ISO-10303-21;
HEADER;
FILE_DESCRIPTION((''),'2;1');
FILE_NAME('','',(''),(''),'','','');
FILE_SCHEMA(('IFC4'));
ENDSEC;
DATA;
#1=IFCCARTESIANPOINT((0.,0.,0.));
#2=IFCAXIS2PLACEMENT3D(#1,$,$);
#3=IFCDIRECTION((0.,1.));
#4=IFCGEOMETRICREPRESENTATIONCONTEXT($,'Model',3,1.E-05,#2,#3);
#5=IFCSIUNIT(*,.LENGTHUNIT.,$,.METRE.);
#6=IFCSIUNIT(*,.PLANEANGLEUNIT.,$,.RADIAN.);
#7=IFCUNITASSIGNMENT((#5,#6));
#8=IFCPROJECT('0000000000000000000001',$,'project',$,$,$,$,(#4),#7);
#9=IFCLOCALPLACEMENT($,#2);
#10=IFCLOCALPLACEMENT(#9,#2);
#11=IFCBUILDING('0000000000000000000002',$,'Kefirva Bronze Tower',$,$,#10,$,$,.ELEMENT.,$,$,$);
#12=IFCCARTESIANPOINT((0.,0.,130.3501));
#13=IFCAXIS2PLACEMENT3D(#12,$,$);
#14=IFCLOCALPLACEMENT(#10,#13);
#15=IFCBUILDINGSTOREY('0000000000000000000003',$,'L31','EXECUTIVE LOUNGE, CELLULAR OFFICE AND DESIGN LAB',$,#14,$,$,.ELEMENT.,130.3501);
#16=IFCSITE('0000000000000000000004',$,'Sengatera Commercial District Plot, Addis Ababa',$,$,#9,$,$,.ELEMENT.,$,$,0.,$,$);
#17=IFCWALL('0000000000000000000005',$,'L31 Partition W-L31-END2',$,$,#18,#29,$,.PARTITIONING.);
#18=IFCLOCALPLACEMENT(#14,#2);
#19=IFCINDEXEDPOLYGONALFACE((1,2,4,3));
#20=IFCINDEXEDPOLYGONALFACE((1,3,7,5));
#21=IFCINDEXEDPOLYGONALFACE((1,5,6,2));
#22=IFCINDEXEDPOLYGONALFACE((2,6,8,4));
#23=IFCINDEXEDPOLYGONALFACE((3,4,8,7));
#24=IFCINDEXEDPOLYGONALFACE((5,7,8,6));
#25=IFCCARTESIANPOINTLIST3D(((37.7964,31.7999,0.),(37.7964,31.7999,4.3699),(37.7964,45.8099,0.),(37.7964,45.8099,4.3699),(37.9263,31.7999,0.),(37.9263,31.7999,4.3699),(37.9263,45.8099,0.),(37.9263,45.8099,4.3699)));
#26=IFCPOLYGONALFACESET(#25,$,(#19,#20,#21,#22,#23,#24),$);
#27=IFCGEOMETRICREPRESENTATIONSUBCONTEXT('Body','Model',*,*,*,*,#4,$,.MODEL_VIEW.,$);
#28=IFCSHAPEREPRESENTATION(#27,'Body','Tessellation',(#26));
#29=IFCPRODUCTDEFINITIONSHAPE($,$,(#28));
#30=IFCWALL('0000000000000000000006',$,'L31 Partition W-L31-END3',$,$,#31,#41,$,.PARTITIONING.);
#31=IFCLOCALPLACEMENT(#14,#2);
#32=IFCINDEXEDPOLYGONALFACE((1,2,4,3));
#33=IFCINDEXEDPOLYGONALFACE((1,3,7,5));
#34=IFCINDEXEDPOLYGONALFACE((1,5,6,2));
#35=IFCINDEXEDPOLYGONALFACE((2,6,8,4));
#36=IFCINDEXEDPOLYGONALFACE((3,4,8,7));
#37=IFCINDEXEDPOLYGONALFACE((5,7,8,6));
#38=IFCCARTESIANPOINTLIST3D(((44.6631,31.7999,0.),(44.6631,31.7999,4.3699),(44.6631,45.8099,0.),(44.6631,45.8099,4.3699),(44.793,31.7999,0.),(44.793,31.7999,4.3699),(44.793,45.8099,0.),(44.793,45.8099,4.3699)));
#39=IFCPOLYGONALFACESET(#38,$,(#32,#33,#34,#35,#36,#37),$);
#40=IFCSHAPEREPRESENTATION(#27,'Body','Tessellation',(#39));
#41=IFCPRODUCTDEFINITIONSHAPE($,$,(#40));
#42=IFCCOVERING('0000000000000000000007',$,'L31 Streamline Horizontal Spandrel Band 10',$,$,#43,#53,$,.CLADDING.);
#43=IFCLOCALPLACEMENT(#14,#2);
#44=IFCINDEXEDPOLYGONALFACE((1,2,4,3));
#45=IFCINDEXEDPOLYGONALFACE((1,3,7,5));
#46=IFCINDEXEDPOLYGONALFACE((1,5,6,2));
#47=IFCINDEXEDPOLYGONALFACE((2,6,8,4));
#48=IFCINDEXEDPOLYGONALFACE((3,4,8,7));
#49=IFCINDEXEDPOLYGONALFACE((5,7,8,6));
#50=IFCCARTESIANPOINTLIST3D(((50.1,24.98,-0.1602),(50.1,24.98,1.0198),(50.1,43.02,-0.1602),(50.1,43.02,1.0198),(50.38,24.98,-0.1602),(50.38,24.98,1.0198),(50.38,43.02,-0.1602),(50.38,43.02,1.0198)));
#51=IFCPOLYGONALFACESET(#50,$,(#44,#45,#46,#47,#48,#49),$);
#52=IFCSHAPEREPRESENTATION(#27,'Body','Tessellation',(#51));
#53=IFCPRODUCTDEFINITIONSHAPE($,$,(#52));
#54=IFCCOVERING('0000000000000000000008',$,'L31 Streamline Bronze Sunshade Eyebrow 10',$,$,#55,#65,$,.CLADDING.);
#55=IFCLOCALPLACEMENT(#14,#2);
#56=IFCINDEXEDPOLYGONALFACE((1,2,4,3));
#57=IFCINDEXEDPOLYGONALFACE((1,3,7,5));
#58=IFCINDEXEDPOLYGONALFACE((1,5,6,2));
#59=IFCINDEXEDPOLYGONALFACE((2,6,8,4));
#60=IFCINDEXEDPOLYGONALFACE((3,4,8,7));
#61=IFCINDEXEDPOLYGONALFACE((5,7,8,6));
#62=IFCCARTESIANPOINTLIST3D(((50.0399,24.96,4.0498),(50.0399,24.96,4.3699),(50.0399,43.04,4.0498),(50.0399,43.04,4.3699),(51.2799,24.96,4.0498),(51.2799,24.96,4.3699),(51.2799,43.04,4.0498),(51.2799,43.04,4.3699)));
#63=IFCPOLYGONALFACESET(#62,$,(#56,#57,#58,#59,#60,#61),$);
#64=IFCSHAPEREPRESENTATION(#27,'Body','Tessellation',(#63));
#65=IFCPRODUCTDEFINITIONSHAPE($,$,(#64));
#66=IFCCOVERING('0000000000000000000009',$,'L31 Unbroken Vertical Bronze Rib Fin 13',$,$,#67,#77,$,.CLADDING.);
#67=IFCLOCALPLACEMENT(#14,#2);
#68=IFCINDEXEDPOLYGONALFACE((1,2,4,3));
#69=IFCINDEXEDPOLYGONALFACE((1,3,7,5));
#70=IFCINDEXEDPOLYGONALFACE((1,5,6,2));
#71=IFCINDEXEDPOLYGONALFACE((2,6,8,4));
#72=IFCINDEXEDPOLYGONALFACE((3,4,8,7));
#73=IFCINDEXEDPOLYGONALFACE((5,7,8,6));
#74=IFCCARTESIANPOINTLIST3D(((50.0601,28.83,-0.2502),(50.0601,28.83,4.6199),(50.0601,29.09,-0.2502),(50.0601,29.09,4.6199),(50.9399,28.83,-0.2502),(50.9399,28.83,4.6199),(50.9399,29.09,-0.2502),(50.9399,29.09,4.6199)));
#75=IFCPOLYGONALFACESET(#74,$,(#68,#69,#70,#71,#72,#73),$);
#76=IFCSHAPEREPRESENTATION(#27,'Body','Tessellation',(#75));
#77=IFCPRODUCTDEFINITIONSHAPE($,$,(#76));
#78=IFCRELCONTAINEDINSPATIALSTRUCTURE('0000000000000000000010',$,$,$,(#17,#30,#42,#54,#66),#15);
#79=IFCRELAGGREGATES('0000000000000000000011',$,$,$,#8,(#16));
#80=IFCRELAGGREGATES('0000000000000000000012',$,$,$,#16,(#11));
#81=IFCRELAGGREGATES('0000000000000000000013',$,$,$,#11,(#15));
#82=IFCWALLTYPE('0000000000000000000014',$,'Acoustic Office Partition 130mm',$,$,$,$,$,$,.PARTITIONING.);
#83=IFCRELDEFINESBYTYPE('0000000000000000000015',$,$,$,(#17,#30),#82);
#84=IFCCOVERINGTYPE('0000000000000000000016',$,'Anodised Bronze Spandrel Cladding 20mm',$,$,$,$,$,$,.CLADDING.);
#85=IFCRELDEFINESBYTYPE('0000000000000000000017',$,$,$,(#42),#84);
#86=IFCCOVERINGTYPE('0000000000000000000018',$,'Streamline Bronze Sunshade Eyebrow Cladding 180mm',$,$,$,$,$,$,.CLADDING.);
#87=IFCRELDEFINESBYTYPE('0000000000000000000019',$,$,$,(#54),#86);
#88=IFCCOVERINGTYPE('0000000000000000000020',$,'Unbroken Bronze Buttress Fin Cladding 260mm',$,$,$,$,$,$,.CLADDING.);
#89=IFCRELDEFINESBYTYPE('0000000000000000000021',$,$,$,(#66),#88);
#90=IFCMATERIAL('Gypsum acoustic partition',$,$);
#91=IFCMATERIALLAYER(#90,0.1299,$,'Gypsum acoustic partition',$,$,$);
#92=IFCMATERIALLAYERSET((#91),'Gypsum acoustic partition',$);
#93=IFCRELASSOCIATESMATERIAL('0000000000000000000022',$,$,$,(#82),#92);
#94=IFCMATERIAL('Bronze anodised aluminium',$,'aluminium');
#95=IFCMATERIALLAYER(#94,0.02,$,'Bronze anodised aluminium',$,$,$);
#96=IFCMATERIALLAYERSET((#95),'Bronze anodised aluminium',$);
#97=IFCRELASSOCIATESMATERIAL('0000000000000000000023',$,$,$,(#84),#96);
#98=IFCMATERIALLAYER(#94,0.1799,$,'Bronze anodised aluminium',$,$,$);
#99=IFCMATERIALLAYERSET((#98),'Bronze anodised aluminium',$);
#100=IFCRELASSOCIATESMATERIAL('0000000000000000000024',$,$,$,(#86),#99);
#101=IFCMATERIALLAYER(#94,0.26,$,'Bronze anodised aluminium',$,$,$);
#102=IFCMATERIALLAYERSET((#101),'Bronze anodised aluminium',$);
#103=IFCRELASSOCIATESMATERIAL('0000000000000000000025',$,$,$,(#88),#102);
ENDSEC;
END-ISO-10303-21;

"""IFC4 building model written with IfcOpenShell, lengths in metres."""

from ifc_helpers import new_model, si_unit, direction, frame, frame_2d, origin, origin_2d, place, context, subcontext, project, spatial, rectangle, extrude, material, layer, layer_set, type_object, element, save


model = new_model("IFC4")

# Units and contexts
model_context = context("Model", 3, precision=1e-05, world=origin(), true_north=direction((0.0, 1.0)))
body_context = subcontext(model_context, "Body", "Model", "MODEL_VIEW")
ifc_project = project(units=[si_unit("LENGTHUNIT", "METRE"), si_unit("PLANEANGLEUNIT", "RADIAN")], contexts=[model_context])

# Site, building, storey
site_placement = place(None, origin())
site = spatial("IfcSite", under=ifc_project, at=site_placement, Name="Sengatera Commercial District Plot, Addis Ababa", CompositionType="ELEMENT", RefElevation=0.0)
building_placement = place(site_placement, origin())
building = spatial("IfcBuilding", under=site, at=building_placement, Name="Kefirva Bronze Tower", CompositionType="ELEMENT")
storey_placement = place(building_placement, frame((0.0, 0.0, 130.3501)))
storey = spatial("IfcBuildingStorey", under=building, at=storey_placement, Name="L31", Description="EXECUTIVE LOUNGE, CELLULAR OFFICE AND DESIGN LAB", CompositionType="ELEMENT", Elevation=130.3501)

# Shared definitions
ifc_material_1 = material(Name="Bronze anodised aluminium", Category="aluminium")

# Walls
ifc_material_2 = material(Name="Gypsum acoustic partition")
ifc_layer_1 = layer(ifc_material_2, 0.1299, Name="Gypsum acoustic partition")
ifc_layer_set_1 = layer_set([ifc_layer_1], Name="Gypsum acoustic partition")
wall_type = type_object("IfcWallType", Name="Acoustic Office Partition 130mm", PredefinedType="PARTITIONING", material=ifc_layer_set_1)
for number, where, z_axis, x_axis, name in (
    (1, (37.8613, 31.8, 0.0), (0.0, 0.0, 1.0), (0.0, 1.0, 0.0), "L31 Partition W-L31-END2"),
    (2, (44.728, 31.8, 0.0), (0.0, 0.0, 1.0), (0.0, 1.0, 0.0), "L31 Partition W-L31-END3"),
):
    element("IfcWall", number, at=place(storey_placement, frame(where, z_axis=z_axis, x_axis=x_axis)), inside=storey, type_object=wall_type, Name=name, PredefinedType="PARTITIONING", context=body_context, shape_type="SweptSolid", body=[
        extrude(rectangle(XDim=14.01, YDim=0.1299, at=frame_2d((7.0049, 0.0))), origin(), (0.0, 0.0, 1.0), 4.3699),
    ])

# Coverings
ifc_layer_2 = layer(ifc_material_1, 0.02, Name="Bronze anodised aluminium")
ifc_layer_set_2 = layer_set([ifc_layer_2], Name="Bronze anodised aluminium")
covering_type_1 = type_object("IfcCoveringType", Name="Anodised Bronze Spandrel Cladding 20mm", PredefinedType="CLADDING", material=ifc_layer_set_2)
covering_1_placement = place(storey_placement, frame((50.24, 34.0, -0.1602), z_axis=(0.0, 0.0, 1.0), x_axis=(0.0, 1.0, 0.0)))
element("IfcCovering", 3, at=covering_1_placement, inside=storey, type_object=covering_type_1, Name="L31 Streamline Horizontal Spandrel Band 10", PredefinedType="CLADDING", context=body_context, shape_type="SweptSolid", body=[
    extrude(rectangle(XDim=18.04, YDim=0.28, at=origin_2d()), origin(), (0.0, 0.0, 1.0), 1.1799),
])
ifc_layer_3 = layer(ifc_material_1, 0.1799, Name="Bronze anodised aluminium")
ifc_layer_set_3 = layer_set([ifc_layer_3], Name="Bronze anodised aluminium")
covering_type_2 = type_object("IfcCoveringType", Name="Streamline Bronze Sunshade Eyebrow Cladding 180mm", PredefinedType="CLADDING", material=ifc_layer_set_3)
covering_2_placement = place(storey_placement, frame((50.6599, 34.0, 4.0498), z_axis=(0.0, 0.0, 1.0), x_axis=(0.0, 1.0, 0.0)))
element("IfcCovering", 4, at=covering_2_placement, inside=storey, type_object=covering_type_2, Name="L31 Streamline Bronze Sunshade Eyebrow 10", PredefinedType="CLADDING", context=body_context, shape_type="SweptSolid", body=[
    extrude(rectangle(XDim=18.0801, YDim=1.24, at=origin_2d()), origin(), (0.0, 0.0, 1.0), 0.3201),
])
ifc_layer_4 = layer(ifc_material_1, 0.26, Name="Bronze anodised aluminium")
ifc_layer_set_4 = layer_set([ifc_layer_4], Name="Bronze anodised aluminium")
covering_type_3 = type_object("IfcCoveringType", Name="Unbroken Bronze Buttress Fin Cladding 260mm", PredefinedType="CLADDING", material=ifc_layer_set_4)
covering_3_placement = place(storey_placement, frame((50.5, 28.96, -0.2502), z_axis=(0.0, 0.0, 1.0), x_axis=(0.0, 1.0, 0.0)))
element("IfcCovering", 5, at=covering_3_placement, inside=storey, type_object=covering_type_3, Name="L31 Unbroken Vertical Bronze Rib Fin 13", PredefinedType="CLADDING", context=body_context, shape_type="SweptSolid", body=[
    extrude(rectangle(XDim=0.26, YDim=0.8799, at=origin_2d()), origin(), (0.0, 0.0, 1.0), 4.8701),
])

save(model, "model.ifc")
